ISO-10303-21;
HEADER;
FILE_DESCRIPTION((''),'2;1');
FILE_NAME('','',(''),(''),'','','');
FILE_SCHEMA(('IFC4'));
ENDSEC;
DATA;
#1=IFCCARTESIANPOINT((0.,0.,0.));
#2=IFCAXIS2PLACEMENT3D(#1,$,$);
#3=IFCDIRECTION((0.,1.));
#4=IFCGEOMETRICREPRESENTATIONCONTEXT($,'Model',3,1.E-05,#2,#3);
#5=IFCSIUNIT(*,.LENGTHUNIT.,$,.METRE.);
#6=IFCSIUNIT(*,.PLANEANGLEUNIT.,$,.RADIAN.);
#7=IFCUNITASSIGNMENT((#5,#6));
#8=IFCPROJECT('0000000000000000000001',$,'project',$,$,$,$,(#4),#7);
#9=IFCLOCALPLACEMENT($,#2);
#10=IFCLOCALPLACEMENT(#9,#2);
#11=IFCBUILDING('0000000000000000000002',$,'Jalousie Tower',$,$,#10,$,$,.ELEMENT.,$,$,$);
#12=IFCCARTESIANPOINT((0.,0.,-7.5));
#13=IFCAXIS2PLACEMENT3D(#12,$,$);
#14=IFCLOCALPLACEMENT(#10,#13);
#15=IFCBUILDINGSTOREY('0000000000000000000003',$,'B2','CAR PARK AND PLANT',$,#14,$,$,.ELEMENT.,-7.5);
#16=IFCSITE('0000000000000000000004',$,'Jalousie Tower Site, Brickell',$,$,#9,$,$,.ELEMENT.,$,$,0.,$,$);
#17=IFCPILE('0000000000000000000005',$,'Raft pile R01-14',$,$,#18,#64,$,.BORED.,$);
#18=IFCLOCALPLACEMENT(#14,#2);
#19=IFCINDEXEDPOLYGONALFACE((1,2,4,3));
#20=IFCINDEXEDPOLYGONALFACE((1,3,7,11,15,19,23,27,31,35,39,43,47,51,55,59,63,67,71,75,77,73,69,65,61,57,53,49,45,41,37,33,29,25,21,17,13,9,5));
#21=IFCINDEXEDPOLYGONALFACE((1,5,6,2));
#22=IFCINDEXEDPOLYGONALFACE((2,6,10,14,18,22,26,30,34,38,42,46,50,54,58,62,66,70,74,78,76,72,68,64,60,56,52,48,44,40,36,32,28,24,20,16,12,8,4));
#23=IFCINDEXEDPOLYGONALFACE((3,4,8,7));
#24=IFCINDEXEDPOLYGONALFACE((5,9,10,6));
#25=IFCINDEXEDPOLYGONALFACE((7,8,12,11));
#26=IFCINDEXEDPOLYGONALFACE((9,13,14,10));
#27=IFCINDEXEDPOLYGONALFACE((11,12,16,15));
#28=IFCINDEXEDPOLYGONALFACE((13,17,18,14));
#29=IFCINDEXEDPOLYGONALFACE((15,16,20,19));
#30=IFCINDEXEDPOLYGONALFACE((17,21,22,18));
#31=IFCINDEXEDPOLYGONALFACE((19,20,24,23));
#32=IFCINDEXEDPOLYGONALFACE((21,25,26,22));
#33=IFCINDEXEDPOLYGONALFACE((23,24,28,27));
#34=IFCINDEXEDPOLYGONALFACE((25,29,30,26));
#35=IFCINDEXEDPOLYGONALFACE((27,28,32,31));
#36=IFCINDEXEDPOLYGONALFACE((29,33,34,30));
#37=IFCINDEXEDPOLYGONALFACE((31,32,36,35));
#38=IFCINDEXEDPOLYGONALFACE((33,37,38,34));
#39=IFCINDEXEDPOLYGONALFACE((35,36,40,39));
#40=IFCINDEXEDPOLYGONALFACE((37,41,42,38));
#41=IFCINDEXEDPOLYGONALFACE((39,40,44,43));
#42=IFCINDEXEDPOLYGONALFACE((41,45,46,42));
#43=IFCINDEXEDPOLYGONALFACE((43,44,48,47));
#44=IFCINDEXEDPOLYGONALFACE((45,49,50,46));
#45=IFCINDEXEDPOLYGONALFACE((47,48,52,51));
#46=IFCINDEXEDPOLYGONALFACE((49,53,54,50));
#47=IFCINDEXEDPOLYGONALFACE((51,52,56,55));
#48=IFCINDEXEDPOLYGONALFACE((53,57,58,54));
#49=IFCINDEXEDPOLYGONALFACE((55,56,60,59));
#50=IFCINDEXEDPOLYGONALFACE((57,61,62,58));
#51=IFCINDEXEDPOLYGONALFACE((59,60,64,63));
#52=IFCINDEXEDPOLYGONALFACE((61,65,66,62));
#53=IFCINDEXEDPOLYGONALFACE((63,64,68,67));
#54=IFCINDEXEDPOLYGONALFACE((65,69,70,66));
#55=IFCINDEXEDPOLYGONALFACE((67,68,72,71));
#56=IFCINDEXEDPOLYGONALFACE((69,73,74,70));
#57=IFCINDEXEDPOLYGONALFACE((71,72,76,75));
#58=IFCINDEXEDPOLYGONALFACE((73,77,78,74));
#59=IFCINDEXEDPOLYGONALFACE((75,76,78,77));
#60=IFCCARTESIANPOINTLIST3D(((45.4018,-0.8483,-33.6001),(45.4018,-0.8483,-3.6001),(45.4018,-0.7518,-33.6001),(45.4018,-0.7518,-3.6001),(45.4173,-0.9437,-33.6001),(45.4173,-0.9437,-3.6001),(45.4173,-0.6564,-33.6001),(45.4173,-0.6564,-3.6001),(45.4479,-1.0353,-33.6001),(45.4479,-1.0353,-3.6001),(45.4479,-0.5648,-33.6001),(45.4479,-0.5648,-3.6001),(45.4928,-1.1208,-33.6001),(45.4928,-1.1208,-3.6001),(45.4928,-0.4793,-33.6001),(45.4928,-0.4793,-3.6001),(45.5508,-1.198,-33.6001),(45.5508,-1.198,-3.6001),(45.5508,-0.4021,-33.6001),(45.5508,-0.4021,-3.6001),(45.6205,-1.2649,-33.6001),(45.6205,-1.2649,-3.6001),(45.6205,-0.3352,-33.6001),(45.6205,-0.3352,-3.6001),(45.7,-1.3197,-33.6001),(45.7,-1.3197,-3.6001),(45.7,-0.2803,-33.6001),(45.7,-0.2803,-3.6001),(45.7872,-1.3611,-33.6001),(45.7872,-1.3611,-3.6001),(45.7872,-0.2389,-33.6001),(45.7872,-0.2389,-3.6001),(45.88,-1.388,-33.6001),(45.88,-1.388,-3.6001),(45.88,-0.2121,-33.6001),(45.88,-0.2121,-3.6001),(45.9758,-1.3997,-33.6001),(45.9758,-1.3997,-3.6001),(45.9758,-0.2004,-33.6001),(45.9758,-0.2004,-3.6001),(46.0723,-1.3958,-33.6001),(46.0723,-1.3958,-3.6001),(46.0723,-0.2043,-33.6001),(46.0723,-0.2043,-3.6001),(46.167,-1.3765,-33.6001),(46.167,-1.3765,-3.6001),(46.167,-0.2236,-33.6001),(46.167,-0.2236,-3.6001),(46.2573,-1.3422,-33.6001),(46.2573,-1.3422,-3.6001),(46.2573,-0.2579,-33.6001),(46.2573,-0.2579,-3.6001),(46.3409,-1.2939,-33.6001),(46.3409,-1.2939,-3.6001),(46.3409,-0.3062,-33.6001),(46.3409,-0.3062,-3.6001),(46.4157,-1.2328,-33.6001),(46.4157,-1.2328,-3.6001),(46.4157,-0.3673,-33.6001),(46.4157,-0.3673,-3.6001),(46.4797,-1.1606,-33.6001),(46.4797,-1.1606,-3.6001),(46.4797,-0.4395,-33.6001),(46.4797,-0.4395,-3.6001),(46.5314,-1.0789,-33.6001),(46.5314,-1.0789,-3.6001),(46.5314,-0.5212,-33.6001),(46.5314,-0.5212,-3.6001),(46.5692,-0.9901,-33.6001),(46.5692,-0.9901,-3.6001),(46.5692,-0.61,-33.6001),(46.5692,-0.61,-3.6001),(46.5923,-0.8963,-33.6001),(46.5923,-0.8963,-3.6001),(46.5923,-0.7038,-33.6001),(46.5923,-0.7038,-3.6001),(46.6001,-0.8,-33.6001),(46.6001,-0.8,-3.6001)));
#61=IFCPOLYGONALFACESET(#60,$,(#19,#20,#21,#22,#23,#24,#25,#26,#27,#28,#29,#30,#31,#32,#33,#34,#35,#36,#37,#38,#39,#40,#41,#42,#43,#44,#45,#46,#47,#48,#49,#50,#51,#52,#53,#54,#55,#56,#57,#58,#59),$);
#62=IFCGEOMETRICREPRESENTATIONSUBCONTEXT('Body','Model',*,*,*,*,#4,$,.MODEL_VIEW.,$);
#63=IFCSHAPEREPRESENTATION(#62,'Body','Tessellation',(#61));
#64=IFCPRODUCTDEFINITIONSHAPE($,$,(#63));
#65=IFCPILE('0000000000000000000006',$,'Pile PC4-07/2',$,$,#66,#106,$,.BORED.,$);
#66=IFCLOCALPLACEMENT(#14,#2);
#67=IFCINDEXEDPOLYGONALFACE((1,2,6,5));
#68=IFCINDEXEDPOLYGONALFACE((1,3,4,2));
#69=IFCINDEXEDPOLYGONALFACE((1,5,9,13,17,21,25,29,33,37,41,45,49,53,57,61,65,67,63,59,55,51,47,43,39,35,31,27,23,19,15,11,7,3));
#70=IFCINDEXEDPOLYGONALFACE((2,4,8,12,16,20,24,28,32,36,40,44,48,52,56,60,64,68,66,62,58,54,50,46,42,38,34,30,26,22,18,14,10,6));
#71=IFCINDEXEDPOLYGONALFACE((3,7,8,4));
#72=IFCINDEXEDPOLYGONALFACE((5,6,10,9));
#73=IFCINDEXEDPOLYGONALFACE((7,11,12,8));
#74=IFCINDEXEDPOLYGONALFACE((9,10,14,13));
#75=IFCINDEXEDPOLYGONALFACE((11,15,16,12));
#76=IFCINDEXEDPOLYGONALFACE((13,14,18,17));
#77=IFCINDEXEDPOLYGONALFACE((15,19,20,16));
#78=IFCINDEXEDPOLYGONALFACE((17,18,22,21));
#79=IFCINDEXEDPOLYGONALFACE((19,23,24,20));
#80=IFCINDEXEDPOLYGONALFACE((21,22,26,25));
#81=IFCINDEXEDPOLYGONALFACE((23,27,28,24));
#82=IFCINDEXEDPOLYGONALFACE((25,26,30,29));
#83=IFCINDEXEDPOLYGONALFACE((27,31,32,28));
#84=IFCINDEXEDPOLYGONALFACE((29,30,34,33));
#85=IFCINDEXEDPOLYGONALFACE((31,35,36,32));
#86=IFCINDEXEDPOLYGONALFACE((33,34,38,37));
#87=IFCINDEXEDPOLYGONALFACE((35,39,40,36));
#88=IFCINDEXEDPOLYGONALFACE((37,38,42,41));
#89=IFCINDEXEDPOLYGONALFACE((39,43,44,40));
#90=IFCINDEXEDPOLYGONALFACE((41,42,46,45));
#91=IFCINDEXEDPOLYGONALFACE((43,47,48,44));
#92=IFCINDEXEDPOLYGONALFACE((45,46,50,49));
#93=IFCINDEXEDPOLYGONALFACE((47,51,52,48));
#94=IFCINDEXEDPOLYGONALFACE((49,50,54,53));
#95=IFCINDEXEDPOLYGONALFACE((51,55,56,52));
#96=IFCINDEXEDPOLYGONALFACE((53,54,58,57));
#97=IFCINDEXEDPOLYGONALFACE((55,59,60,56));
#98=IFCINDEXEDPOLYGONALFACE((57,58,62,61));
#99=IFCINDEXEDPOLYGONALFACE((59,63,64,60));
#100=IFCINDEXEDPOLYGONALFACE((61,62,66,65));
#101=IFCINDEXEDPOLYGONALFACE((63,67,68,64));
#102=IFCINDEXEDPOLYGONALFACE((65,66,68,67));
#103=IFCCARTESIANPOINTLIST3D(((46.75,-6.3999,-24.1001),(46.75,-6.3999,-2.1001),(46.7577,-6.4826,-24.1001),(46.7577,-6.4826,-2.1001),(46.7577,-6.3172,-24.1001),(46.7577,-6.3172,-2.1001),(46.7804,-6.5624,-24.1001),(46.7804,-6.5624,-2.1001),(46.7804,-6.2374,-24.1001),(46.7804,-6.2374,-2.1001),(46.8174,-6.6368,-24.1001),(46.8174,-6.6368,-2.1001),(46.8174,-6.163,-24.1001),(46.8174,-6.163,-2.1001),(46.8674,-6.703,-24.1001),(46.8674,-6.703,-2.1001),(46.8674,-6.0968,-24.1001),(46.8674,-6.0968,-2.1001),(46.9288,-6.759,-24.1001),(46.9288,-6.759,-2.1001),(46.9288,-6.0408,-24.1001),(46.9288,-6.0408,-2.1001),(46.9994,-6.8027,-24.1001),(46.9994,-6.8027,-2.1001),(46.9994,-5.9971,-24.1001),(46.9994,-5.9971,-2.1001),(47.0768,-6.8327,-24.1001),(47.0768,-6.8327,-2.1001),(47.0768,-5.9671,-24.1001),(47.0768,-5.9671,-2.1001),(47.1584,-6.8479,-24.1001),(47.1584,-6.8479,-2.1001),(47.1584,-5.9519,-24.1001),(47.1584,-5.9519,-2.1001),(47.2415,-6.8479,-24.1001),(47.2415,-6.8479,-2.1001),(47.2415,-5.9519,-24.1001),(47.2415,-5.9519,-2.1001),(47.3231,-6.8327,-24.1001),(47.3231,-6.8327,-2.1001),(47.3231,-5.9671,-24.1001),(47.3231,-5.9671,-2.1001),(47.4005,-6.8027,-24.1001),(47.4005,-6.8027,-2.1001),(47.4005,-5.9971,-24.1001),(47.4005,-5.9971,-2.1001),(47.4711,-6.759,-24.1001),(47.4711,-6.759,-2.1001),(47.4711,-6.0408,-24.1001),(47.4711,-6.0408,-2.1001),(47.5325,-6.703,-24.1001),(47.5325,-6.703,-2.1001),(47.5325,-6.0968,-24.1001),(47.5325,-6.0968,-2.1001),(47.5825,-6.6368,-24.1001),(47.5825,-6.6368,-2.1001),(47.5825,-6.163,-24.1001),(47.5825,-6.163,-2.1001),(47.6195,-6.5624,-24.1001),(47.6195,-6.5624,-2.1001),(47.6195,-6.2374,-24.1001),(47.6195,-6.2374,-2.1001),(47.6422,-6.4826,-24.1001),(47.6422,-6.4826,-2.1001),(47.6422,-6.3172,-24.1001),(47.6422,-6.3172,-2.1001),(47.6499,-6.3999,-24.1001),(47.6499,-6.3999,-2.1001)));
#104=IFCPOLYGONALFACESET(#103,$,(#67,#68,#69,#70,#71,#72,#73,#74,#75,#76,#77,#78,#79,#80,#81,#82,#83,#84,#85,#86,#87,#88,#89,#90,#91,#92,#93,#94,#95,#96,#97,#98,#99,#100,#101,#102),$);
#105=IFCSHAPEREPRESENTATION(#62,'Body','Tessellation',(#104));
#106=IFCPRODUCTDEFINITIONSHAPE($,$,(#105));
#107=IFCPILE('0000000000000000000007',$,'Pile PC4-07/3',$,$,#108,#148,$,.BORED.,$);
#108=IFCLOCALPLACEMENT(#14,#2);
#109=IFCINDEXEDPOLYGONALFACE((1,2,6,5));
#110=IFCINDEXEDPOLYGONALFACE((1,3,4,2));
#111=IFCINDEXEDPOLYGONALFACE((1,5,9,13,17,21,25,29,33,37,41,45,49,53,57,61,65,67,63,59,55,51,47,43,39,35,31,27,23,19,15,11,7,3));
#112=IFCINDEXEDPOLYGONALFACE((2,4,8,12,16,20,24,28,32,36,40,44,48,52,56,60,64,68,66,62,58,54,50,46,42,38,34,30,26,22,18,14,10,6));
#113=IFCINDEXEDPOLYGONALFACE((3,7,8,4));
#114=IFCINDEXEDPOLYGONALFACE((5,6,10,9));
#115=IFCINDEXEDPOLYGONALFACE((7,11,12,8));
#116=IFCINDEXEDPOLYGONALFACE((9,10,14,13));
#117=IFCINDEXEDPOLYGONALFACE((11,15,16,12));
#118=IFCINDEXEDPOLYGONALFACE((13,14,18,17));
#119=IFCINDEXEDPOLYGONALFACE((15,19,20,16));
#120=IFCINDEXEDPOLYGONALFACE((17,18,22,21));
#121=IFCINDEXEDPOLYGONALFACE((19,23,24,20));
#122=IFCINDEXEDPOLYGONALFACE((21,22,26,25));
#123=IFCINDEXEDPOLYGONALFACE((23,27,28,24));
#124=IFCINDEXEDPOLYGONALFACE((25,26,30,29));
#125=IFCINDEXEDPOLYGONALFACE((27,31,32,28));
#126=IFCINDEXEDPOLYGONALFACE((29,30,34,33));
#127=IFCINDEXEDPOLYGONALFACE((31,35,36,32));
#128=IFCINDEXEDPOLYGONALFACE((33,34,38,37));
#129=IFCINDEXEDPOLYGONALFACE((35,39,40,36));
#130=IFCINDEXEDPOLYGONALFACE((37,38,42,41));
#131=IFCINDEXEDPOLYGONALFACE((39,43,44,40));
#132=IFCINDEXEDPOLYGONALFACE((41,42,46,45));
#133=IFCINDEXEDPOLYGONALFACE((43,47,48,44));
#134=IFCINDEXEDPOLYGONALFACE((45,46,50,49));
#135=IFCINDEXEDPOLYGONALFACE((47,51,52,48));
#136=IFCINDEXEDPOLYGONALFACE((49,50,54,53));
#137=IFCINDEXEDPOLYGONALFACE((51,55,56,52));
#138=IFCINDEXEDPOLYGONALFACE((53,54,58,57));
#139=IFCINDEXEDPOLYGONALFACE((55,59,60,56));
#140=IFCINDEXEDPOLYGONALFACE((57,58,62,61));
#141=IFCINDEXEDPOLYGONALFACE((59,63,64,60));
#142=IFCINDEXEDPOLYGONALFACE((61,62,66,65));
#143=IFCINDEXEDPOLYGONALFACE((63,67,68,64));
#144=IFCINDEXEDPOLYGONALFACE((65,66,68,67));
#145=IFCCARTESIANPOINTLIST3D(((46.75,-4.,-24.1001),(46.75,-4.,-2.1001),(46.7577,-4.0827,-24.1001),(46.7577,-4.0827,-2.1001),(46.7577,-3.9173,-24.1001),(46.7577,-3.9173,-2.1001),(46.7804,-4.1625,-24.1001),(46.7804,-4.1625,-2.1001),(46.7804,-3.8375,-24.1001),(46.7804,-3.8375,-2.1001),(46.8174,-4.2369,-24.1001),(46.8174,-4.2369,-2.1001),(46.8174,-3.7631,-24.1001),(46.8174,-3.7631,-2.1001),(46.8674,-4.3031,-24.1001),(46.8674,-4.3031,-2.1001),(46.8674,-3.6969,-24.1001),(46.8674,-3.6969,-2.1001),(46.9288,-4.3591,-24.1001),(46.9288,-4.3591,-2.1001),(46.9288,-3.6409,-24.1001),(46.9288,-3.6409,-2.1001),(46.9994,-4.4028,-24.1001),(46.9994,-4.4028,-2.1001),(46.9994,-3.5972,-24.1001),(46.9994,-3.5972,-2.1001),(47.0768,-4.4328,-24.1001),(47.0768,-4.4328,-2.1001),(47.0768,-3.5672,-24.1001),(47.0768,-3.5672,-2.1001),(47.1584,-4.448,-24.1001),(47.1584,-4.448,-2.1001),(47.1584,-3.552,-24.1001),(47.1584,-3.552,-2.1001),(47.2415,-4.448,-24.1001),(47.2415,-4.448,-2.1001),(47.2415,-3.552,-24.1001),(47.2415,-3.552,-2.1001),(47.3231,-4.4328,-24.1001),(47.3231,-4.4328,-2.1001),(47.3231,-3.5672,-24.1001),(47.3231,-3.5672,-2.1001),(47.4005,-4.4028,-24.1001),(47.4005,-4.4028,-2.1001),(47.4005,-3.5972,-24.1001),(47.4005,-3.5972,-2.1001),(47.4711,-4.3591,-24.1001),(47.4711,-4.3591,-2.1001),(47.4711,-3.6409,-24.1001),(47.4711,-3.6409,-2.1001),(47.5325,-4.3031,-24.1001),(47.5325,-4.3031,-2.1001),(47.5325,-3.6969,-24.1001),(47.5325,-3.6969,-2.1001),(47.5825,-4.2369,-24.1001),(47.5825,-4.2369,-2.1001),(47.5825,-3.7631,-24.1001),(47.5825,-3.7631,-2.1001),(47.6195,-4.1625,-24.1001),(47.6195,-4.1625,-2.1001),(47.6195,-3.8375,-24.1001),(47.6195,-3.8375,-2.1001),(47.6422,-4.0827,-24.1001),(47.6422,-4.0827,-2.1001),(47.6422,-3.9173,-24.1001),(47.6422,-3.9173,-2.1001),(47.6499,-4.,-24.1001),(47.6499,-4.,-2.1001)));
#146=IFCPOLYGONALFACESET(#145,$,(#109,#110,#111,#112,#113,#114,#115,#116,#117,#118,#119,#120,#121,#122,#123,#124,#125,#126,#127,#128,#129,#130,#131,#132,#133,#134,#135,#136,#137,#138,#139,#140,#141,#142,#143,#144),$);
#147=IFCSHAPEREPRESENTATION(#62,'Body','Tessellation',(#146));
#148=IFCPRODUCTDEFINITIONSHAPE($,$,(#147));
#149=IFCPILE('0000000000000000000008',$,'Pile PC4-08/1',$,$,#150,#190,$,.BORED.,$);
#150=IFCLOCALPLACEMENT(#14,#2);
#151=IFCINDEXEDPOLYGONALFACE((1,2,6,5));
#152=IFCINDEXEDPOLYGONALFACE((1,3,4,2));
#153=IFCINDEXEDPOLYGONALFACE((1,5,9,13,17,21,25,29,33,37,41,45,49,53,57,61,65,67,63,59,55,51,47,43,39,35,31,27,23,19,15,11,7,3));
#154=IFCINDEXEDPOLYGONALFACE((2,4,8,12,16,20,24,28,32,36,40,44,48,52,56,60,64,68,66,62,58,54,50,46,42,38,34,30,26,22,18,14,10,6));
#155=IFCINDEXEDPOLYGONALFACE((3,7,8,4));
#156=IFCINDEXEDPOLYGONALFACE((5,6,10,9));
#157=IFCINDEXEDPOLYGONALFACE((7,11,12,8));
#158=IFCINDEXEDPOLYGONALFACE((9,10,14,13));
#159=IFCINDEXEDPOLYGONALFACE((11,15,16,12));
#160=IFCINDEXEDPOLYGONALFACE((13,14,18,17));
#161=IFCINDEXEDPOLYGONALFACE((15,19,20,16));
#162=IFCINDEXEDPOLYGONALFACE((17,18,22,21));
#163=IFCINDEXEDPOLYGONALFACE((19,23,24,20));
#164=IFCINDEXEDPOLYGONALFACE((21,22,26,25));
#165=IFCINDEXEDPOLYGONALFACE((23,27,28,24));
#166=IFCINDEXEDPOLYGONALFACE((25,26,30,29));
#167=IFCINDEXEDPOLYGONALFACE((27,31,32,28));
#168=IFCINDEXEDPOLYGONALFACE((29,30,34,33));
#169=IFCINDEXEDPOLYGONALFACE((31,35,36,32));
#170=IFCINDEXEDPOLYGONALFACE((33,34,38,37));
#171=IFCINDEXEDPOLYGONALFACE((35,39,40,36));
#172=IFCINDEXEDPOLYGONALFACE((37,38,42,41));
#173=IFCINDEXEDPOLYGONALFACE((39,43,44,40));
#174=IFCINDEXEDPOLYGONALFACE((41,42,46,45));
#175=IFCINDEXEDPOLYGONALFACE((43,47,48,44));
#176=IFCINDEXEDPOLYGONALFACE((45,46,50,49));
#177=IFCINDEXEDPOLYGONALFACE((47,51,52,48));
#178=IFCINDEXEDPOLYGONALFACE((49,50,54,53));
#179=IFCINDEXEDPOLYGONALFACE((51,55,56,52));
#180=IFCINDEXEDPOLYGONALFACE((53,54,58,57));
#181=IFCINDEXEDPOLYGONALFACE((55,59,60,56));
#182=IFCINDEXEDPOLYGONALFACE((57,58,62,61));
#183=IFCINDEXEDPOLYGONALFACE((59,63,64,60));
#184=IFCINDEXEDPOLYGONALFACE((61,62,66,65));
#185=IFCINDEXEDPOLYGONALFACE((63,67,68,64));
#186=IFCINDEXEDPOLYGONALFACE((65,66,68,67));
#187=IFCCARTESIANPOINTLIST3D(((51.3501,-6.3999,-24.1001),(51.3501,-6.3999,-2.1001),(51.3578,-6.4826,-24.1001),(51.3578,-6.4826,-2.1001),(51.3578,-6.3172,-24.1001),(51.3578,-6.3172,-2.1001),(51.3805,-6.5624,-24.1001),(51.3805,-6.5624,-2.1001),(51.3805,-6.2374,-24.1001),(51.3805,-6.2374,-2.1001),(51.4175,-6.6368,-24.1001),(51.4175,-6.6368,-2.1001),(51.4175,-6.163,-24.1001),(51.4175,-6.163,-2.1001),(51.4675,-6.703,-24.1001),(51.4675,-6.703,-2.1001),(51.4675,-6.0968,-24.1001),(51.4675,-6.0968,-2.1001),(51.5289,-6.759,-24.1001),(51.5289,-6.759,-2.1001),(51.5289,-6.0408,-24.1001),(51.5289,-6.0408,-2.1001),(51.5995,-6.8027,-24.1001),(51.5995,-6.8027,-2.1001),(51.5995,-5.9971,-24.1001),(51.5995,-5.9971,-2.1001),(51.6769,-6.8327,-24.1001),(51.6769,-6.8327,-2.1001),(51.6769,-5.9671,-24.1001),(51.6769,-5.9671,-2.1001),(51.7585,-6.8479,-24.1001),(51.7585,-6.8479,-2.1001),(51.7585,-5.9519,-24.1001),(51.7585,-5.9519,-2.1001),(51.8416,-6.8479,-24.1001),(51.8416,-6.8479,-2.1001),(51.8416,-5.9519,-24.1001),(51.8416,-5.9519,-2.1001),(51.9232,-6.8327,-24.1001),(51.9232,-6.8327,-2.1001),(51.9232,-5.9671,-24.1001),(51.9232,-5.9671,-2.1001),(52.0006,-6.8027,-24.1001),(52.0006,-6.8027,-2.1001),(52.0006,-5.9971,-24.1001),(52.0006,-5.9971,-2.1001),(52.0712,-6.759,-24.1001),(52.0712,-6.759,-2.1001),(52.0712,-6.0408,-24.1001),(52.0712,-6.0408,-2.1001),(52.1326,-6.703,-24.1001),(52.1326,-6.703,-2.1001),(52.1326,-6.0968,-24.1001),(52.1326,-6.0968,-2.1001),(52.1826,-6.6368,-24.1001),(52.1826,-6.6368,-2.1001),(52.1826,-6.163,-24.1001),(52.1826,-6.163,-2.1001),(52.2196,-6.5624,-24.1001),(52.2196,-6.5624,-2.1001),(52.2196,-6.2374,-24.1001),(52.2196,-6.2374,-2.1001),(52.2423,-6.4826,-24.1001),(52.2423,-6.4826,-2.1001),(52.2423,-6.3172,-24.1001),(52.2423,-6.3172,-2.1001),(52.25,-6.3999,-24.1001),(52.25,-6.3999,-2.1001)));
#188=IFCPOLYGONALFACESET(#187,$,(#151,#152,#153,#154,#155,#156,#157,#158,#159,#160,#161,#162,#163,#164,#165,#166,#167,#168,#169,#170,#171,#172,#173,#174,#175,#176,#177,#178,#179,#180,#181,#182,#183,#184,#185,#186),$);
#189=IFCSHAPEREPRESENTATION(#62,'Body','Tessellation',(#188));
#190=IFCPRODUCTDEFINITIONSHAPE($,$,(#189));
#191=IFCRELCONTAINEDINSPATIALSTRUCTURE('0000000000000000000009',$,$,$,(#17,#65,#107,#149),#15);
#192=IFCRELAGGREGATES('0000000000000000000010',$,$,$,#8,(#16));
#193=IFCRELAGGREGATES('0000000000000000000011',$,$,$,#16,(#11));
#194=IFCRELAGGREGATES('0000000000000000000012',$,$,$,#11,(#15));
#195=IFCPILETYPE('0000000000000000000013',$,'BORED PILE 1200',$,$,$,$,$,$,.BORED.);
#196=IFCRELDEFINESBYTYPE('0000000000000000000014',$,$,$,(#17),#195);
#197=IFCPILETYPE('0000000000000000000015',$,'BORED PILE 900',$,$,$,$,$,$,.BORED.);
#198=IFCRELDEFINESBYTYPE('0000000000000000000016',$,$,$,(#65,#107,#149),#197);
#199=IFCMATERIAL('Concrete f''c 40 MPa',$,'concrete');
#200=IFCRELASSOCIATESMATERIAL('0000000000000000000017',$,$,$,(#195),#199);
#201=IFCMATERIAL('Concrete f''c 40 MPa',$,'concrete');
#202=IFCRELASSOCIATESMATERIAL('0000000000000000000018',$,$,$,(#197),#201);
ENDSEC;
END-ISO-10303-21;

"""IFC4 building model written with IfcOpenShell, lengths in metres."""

from ifc_helpers import new_model, si_unit, direction, frame, origin, origin_2d, place, context, subcontext, project, spatial, circle, extrude, material, material_profile, profile_set, type_object, element, save


model = new_model("IFC4")

# Units and contexts
model_context = context("Model", 3, precision=1e-05, world=origin(), true_north=direction((0.0, 1.0)))
body_context = subcontext(model_context, "Body", "Model", "MODEL_VIEW")
ifc_project = project(units=[si_unit("LENGTHUNIT", "METRE"), si_unit("PLANEANGLEUNIT", "RADIAN")], contexts=[model_context])

# Site, building, storey
site_placement = place(None, origin())
site = spatial("IfcSite", under=ifc_project, at=site_placement, Name="Jalousie Tower Site, Brickell", CompositionType="ELEMENT", RefElevation=0.0)
building_placement = place(site_placement, origin())
building = spatial("IfcBuilding", under=site, at=building_placement, Name="Jalousie Tower", CompositionType="ELEMENT")
storey_placement = place(building_placement, frame((0.0, 0.0, -7.5)))
storey = spatial("IfcBuildingStorey", under=building, at=storey_placement, Name="B2", Description="CAR PARK AND PLANT", CompositionType="ELEMENT", Elevation=-7.5)

# Piles
ifc_material_1 = material(Name="Concrete f'c 40 MPa", Category="concrete")
ifc_material_profile_1 = material_profile(ifc_material_1, circle(Radius=0.6001, at=origin_2d()), Name="BORED PILE D1200")
ifc_profile_set_1 = profile_set([ifc_material_profile_1], Name="Concrete f'c 40 MPa")
pile_type_1 = type_object("IfcPileType", Name="BORED PILE 1200", PredefinedType="BORED", material=ifc_profile_set_1)
pile_placement = place(storey_placement, frame((46.0, -0.8, -3.6001), z_axis=(0.0, 0.0, -1.0), x_axis=(1.0, 0.0, 0.0)))
element("IfcPile", 1, at=pile_placement, inside=storey, type_object=pile_type_1, Name="Raft pile R01-14", PredefinedType="BORED", context=body_context, shape_type="SweptSolid", body=[
    extrude(circle(Radius=0.6001, at=origin_2d()), origin(), (0.0, 0.0, 1.0), 30.0),
])
ifc_material_2 = material(Name="Concrete f'c 40 MPa", Category="concrete")
ifc_material_profile_2 = material_profile(ifc_material_2, circle(Radius=0.45, at=origin_2d()), Name="BORED PILE D900")
ifc_profile_set_2 = profile_set([ifc_material_profile_2], Name="Concrete f'c 40 MPa")
pile_type_2 = type_object("IfcPileType", Name="BORED PILE 900", PredefinedType="BORED", material=ifc_profile_set_2)
for number, where, z_axis, x_axis, name in (
    (2, (47.2, -6.3999, -2.1001), (0.0, 0.0, -1.0), (1.0, 0.0, 0.0), "Pile PC4-07/2"),
    (3, (47.2, -4.0, -2.1001), (0.0, 0.0, -1.0), (1.0, 0.0, 0.0), "Pile PC4-07/3"),
    (4, (51.8, -6.3999, -2.1001), (0.0, 0.0, -1.0), (1.0, 0.0, 0.0), "Pile PC4-08/1"),
):
    element("IfcPile", number, at=place(storey_placement, frame(where, z_axis=z_axis, x_axis=x_axis)), inside=storey, type_object=pile_type_2, Name=name, PredefinedType="BORED", context=body_context, shape_type="SweptSolid", body=[
        extrude(circle(Radius=0.45, at=origin_2d()), origin(), (0.0, 0.0, 1.0), 22.0),
    ])

save(model, "model.ifc")
